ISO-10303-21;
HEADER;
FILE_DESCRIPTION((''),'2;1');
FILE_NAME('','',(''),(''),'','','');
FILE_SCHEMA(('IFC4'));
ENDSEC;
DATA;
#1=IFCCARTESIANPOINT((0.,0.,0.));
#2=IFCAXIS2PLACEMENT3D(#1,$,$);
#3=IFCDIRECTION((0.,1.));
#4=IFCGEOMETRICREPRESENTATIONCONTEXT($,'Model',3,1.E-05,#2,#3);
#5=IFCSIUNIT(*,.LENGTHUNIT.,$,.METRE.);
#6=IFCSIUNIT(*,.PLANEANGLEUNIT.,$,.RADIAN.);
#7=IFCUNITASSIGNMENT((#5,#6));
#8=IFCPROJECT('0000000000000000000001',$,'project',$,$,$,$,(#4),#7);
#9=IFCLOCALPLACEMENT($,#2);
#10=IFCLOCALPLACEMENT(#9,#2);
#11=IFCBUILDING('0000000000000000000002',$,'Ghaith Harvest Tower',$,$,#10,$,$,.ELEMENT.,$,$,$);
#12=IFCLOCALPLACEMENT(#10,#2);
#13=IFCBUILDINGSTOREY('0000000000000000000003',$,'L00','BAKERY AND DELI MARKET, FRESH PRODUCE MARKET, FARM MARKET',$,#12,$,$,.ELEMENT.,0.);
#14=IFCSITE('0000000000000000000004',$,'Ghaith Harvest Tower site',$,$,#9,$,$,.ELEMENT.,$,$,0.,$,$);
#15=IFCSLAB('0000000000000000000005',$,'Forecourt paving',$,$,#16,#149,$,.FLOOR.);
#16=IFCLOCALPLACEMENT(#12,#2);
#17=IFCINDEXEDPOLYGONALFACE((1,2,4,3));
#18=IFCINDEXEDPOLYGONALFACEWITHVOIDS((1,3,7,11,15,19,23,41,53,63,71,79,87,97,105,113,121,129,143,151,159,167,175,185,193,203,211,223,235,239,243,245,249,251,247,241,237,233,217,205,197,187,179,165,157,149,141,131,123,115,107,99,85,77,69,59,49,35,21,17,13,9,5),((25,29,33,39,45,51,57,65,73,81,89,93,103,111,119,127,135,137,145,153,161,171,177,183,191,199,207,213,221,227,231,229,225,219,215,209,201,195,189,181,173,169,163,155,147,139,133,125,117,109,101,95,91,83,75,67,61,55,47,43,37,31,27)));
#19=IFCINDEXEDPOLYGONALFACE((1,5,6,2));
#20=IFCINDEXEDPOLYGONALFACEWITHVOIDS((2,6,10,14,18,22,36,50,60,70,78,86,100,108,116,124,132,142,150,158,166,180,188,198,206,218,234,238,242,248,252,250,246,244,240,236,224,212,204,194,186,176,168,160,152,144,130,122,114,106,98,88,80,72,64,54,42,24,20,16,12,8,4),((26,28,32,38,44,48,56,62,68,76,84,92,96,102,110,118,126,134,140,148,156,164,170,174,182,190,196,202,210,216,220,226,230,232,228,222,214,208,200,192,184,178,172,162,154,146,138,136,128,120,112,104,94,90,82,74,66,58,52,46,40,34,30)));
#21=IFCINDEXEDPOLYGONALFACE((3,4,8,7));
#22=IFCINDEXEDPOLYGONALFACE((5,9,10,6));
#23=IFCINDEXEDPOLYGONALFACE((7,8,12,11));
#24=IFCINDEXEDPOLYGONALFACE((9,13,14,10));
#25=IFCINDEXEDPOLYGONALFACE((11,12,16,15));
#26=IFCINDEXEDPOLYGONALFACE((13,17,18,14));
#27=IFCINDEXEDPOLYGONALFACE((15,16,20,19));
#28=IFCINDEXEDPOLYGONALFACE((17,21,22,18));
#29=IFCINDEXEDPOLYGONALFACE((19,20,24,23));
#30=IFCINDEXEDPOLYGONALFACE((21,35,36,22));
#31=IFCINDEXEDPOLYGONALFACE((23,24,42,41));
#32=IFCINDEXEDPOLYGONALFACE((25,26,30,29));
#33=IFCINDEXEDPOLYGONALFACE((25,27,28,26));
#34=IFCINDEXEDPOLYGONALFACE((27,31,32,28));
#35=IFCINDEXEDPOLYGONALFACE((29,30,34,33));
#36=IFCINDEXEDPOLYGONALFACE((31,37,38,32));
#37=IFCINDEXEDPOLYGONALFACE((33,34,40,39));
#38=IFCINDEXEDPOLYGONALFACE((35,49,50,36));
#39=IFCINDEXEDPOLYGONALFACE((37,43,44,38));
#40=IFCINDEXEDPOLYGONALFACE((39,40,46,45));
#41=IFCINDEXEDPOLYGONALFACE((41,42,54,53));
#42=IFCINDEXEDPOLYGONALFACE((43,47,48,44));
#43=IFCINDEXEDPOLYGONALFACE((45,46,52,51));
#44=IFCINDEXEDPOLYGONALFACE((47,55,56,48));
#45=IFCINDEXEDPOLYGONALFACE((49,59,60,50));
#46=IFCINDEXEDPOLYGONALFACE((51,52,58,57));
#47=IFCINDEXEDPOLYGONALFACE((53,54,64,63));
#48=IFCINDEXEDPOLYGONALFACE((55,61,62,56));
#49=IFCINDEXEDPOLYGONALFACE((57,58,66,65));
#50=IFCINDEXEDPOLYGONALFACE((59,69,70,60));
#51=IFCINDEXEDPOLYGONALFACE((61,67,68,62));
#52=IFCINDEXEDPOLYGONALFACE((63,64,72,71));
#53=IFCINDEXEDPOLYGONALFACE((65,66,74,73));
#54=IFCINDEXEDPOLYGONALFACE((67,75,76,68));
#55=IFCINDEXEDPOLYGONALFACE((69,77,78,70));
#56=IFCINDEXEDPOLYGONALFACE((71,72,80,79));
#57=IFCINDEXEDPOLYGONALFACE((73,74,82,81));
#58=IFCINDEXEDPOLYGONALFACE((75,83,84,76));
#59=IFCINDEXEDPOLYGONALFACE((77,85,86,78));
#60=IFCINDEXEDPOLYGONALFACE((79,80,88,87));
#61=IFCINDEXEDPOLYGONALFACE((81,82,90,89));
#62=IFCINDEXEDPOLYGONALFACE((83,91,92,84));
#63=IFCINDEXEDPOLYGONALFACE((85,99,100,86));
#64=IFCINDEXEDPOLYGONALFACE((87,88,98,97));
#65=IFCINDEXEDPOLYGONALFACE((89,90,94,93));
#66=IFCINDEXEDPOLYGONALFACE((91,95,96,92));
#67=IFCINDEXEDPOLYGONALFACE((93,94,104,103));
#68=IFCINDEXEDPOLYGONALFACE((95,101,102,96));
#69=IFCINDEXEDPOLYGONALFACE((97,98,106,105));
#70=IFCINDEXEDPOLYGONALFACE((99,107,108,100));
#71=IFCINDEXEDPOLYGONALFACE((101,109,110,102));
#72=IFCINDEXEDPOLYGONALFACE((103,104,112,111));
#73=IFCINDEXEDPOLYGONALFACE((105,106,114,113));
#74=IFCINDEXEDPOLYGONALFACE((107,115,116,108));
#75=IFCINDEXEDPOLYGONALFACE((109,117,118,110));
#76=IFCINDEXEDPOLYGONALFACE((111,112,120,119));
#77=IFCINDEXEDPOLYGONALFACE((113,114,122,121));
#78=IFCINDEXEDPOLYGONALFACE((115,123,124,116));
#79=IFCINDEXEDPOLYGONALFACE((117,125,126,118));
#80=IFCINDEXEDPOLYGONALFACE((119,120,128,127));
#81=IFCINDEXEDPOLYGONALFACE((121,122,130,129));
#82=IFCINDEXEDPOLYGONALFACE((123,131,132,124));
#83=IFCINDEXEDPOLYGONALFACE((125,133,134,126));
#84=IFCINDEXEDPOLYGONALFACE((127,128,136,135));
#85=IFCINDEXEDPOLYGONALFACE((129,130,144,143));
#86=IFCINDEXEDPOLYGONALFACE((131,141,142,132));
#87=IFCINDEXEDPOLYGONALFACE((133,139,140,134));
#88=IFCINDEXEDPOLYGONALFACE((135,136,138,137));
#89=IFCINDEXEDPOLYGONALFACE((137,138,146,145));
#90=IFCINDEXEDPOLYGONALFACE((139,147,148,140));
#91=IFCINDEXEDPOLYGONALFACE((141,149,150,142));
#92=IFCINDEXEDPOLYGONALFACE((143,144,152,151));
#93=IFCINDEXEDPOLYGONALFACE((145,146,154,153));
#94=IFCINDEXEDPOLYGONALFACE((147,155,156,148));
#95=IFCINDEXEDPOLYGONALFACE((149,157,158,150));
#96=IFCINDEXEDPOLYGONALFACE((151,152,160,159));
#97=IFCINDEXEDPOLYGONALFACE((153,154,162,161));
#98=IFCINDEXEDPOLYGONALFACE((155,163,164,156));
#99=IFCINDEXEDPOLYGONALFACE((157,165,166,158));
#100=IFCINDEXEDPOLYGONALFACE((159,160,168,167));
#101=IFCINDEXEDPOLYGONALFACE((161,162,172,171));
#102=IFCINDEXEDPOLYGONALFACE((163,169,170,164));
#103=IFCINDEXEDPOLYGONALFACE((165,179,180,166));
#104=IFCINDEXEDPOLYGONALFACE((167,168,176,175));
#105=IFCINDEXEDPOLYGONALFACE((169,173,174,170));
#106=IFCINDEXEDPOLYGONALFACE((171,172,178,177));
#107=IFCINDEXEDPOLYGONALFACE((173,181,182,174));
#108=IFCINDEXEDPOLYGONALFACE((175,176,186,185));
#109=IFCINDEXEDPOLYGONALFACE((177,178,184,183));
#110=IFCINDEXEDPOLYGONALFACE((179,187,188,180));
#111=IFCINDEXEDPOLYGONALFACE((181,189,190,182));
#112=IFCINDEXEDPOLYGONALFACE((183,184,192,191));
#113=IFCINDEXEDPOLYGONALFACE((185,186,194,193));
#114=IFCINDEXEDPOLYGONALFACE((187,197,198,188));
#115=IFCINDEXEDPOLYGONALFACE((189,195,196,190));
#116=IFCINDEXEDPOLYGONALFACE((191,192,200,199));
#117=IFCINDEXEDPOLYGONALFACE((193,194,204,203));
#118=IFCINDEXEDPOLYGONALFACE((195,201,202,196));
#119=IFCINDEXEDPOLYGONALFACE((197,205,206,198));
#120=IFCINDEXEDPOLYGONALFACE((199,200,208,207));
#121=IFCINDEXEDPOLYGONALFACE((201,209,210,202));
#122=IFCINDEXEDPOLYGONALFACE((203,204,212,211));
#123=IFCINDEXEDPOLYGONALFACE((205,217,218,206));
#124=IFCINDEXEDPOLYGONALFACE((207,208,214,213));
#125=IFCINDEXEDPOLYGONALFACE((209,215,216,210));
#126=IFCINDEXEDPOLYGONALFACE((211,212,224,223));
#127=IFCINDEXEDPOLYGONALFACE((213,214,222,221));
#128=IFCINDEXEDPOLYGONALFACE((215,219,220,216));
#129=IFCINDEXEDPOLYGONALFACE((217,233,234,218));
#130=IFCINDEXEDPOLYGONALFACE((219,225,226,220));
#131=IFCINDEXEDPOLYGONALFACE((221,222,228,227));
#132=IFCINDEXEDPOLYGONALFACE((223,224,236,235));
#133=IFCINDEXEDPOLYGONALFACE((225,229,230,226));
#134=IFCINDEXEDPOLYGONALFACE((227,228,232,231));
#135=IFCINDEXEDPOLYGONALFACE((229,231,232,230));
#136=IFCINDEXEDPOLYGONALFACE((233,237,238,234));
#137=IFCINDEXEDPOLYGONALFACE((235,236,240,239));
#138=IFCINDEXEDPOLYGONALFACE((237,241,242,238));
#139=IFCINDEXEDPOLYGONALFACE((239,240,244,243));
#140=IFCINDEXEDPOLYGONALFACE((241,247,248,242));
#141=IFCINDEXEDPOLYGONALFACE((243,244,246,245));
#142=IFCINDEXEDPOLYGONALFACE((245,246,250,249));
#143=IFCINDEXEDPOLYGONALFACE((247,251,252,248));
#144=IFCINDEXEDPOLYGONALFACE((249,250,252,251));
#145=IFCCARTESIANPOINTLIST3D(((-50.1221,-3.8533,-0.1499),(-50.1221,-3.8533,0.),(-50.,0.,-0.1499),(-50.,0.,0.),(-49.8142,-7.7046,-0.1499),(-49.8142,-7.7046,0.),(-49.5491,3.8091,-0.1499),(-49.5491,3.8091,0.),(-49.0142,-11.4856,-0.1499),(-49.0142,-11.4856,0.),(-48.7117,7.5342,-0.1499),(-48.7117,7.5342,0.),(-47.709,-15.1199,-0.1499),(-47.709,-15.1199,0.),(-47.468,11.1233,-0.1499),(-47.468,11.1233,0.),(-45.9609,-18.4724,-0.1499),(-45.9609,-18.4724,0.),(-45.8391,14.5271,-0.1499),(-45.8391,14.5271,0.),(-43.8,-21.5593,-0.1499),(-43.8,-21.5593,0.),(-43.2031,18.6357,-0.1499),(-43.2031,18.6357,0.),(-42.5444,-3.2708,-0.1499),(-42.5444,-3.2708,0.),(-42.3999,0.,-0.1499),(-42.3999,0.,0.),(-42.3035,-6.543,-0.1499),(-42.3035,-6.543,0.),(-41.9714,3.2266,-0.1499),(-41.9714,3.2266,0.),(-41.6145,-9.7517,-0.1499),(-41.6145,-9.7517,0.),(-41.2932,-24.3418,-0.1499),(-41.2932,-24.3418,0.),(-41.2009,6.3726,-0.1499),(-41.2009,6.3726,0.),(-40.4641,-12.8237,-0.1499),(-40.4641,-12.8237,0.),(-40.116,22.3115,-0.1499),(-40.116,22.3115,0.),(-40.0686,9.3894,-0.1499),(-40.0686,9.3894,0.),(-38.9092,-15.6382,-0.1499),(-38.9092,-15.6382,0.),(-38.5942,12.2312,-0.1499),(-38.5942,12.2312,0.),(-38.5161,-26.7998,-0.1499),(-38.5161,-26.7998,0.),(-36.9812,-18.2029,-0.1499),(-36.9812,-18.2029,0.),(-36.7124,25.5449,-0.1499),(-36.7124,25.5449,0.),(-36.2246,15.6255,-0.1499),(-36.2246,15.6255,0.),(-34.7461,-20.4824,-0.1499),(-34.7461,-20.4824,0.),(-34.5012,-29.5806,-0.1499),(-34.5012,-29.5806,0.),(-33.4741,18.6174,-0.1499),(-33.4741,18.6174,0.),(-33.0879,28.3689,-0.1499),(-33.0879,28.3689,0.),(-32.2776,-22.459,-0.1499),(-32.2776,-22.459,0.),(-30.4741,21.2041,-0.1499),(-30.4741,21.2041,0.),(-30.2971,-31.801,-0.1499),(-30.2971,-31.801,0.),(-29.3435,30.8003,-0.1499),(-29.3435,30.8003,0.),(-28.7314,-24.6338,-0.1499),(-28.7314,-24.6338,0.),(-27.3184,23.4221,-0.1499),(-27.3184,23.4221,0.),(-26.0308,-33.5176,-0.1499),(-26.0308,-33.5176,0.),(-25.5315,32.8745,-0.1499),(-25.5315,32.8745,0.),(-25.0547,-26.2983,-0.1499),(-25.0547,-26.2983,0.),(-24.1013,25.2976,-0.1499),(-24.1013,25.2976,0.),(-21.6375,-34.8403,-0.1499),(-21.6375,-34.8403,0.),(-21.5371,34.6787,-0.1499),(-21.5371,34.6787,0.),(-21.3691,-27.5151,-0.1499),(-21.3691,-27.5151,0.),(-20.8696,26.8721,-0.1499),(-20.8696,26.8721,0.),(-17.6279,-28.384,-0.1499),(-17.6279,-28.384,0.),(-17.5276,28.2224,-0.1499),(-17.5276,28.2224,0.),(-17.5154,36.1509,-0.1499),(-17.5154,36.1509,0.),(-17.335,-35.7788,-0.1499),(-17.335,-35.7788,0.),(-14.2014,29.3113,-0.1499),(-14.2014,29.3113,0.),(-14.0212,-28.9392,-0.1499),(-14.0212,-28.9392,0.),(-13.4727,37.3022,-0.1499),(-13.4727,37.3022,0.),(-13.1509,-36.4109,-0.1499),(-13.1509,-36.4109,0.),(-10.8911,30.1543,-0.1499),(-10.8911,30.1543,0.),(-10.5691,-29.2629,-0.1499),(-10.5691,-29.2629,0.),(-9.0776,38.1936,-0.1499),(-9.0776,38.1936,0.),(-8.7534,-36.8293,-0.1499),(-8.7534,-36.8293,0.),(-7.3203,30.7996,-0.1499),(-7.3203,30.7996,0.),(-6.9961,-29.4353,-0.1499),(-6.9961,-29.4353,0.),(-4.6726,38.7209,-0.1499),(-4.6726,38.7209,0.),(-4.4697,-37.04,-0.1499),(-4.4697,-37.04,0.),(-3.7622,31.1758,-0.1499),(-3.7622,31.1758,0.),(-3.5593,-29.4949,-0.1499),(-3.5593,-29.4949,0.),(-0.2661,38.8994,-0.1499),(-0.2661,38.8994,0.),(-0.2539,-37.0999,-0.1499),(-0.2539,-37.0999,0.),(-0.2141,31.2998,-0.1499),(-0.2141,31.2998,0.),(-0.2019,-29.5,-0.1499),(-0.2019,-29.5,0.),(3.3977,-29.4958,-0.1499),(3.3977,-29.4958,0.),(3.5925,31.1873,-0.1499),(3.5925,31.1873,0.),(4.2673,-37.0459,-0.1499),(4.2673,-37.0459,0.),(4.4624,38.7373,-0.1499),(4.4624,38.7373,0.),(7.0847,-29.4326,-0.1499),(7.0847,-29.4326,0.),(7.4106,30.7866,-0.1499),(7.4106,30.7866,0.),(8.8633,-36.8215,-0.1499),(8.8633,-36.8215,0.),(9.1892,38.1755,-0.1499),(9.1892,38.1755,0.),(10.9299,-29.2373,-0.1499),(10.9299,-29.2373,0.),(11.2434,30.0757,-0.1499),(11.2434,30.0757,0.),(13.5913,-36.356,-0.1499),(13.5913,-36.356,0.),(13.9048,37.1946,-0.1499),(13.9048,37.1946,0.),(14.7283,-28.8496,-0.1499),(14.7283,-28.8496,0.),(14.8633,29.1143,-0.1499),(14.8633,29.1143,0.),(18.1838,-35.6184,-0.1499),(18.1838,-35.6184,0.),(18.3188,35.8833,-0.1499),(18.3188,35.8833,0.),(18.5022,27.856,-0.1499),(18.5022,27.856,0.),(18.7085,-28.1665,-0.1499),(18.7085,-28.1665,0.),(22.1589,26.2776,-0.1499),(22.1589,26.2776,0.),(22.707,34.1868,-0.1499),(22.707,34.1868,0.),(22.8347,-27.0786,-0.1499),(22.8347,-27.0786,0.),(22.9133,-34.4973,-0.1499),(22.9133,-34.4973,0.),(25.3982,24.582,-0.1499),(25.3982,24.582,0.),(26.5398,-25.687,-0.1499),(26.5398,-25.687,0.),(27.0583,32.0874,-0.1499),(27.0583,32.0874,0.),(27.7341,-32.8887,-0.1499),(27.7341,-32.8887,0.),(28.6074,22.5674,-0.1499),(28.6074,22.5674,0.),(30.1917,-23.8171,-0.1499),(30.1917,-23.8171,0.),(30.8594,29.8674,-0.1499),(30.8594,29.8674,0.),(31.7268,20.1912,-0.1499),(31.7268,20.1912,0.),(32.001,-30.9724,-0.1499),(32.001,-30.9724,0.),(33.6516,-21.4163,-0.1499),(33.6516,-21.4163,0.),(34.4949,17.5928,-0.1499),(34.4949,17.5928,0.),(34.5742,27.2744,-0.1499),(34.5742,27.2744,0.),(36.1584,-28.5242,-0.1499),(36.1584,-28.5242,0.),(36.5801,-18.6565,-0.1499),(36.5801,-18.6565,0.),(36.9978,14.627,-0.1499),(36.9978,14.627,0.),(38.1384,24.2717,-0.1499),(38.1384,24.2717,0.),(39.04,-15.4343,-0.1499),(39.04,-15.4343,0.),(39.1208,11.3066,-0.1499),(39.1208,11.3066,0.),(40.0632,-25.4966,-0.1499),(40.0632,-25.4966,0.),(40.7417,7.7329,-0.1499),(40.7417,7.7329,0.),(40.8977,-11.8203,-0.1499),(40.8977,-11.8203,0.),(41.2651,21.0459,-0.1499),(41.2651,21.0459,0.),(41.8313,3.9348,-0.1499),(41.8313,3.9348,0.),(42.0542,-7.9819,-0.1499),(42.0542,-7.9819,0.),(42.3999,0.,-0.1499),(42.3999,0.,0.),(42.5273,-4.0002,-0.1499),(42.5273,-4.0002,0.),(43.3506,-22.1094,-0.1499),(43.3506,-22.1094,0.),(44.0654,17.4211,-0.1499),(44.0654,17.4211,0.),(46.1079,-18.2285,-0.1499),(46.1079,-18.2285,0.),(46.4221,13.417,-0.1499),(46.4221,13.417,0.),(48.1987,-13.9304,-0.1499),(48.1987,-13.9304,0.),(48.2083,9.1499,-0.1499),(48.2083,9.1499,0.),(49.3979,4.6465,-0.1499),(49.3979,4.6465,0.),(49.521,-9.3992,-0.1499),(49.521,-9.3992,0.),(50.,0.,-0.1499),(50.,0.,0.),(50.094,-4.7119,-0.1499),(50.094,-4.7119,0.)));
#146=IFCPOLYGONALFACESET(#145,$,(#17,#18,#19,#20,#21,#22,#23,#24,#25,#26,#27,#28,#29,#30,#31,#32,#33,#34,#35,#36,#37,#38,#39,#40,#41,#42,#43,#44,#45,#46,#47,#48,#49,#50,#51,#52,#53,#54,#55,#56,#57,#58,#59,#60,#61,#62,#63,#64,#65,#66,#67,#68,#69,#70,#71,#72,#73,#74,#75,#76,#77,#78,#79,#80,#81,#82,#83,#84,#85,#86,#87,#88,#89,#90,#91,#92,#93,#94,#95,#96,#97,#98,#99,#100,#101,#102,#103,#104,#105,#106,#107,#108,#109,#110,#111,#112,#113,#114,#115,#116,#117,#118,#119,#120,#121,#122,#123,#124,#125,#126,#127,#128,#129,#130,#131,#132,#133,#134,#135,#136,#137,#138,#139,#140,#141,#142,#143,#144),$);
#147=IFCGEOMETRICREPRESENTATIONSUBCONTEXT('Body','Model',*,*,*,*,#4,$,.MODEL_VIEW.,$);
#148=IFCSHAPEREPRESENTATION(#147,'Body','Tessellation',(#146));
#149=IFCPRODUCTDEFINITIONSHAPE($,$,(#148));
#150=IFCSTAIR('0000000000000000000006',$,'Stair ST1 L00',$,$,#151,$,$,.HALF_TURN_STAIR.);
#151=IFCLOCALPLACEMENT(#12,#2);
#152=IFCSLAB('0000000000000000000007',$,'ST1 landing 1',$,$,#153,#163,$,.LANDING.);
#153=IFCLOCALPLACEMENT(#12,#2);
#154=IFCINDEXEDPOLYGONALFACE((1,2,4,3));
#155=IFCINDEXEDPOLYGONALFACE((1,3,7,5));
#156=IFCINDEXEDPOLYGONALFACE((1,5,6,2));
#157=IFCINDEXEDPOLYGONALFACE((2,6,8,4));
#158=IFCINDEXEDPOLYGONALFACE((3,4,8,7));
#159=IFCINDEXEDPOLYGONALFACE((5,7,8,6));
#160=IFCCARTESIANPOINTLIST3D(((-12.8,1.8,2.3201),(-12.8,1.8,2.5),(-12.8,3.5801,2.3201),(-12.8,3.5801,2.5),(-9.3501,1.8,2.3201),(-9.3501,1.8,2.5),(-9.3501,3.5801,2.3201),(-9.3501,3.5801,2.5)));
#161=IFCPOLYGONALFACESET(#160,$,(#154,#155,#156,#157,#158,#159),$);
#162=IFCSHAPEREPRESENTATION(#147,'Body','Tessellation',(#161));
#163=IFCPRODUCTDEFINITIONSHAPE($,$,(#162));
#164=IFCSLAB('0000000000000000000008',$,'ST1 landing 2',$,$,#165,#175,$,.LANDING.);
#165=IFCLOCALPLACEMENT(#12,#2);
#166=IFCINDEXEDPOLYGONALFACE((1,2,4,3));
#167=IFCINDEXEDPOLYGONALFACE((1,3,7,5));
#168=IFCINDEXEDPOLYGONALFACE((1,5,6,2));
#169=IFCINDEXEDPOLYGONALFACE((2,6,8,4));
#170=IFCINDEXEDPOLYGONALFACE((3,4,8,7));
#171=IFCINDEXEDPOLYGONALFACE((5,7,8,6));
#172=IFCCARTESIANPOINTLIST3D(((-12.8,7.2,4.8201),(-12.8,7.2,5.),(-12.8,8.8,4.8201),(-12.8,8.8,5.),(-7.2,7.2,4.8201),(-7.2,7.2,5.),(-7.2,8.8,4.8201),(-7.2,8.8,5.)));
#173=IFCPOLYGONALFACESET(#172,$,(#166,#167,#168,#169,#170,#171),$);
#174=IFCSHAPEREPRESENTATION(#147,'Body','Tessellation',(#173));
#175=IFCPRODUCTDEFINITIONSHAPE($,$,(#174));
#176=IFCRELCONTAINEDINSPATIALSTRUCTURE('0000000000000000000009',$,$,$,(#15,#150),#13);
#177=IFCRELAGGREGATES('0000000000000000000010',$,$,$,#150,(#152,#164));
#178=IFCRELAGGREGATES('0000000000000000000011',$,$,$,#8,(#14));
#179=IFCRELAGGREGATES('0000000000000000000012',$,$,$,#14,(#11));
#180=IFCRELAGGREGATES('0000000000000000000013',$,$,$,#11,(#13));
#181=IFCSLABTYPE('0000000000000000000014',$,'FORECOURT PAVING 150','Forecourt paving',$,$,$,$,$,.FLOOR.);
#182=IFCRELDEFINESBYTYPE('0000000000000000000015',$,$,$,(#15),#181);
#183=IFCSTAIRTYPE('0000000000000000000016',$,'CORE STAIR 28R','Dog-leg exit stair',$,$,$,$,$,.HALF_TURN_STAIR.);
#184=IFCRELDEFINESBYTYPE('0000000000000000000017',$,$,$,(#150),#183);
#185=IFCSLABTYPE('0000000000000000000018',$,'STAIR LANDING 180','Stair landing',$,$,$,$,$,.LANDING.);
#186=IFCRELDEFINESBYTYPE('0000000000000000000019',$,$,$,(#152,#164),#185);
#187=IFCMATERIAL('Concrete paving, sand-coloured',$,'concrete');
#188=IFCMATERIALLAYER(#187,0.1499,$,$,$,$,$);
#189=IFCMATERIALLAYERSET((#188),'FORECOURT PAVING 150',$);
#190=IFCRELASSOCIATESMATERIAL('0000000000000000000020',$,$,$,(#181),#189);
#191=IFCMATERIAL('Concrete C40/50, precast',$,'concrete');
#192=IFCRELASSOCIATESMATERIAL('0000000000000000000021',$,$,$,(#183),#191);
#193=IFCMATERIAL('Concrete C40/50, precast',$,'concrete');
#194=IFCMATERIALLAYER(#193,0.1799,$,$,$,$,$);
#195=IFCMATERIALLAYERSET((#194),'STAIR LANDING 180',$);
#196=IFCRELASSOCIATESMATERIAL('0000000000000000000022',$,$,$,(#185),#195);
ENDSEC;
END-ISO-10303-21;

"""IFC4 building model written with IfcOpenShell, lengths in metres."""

from ifc_helpers import new_model, si_unit, direction, frame, origin, place, context, subcontext, project, spatial, polyline, outline, extrude, material, layer, layer_set, type_object, element, aggregate, save


model = new_model("IFC4")

# Units and contexts
model_context = context("Model", 3, precision=1e-05, world=origin(), true_north=direction((0.0, 1.0)))
body_context = subcontext(model_context, "Body", "Model", "MODEL_VIEW")
ifc_project = project(units=[si_unit("LENGTHUNIT", "METRE"), si_unit("PLANEANGLEUNIT", "RADIAN")], contexts=[model_context])

# Site, building, storey
site_placement = place(None, origin())
site = spatial("IfcSite", under=ifc_project, at=site_placement, Name="Ghaith Harvest Tower site", CompositionType="ELEMENT", RefElevation=0.0)
building_placement = place(site_placement, origin())
building = spatial("IfcBuilding", under=site, at=building_placement, Name="Ghaith Harvest Tower", CompositionType="ELEMENT")
storey_placement = place(building_placement, origin())
storey = spatial("IfcBuildingStorey", under=building, at=storey_placement, Name="L00", Description="BAKERY AND DELI MARKET, FRESH PRODUCE MARKET, FARM MARKET", CompositionType="ELEMENT", Elevation=0.0)

# Slab
ifc_material_1 = material(Name="Concrete paving, sand-coloured", Category="concrete")
ifc_layer_1 = layer(ifc_material_1, 0.1499)
ifc_layer_set_1 = layer_set([ifc_layer_1], Name="FORECOURT PAVING 150")
slab_type_1 = type_object("IfcSlabType", Name="FORECOURT PAVING 150", Description="Forecourt paving", PredefinedType="FLOOR", material=ifc_layer_set_1)
slab_1_placement = place(storey_placement, frame((0.0, 0.0, -0.1499)))
element("IfcSlab", 1, at=slab_1_placement, inside=storey, type_object=slab_type_1, Name="Forecourt paving", PredefinedType="FLOOR", context=body_context, shape_type="SweptSolid", body=[
    extrude(outline(polyline([(50.0, 0.0), (49.3979, 4.6465), (48.2083, 9.1499), (46.4221, 13.417), (44.0654, 17.4211), (41.2651, 21.0459), (38.1384, 24.2717), (34.5742, 27.2744), (30.8594, 29.8674), (27.0583, 32.0874), (22.707, 34.1868), (18.3188, 35.8833), (13.9048, 37.1946), (9.1892, 38.1755), (4.4624, 38.7373), (-0.2661, 38.8994), (-4.6726, 38.7209), (-9.0776, 38.1936), (-13.4727, 37.3022), (-17.5154, 36.1509), (-21.5371, 34.6787), (-25.5315, 32.8745), (-29.3435, 30.8003), (-33.0879, 28.3689), (-36.7124, 25.5449), (-40.116, 22.3115), (-43.2031, 18.6357), (-45.8391, 14.5271), (-47.468, 11.1233), (-48.7117, 7.5342), (-49.5491, 3.8091), (-50.0, 0.0), (-50.1221, -3.8533), (-49.8142, -7.7046), (-49.0142, -11.4856), (-47.709, -15.1199), (-45.9609, -18.4724), (-43.8, -21.5593), (-41.2932, -24.3418), (-38.5161, -26.7998), (-34.5012, -29.5806), (-30.2971, -31.801), (-26.0308, -33.5176), (-21.6375, -34.8403), (-17.335, -35.7788), (-13.1509, -36.4109), (-8.7534, -36.8293), (-4.4697, -37.04), (-0.2539, -37.0999), (4.2673, -37.0459), (8.8633, -36.8215), (13.5913, -36.356), (18.1838, -35.6184), (22.9133, -34.4973), (27.7341, -32.8887), (32.001, -30.9724), (36.1584, -28.5242), (40.0632, -25.4966), (43.3506, -22.1094), (46.1079, -18.2285), (48.1987, -13.9304), (49.521, -9.3992), (50.094, -4.7119), (50.0, 0.0)]), holes=[polyline([(42.3999, 0.0), (41.8313, 3.9348), (40.7417, 7.7329), (39.1208, 11.3066), (36.9978, 14.627), (34.4949, 17.5928), (31.7268, 20.1912), (28.6074, 22.5674), (25.3982, 24.582), (22.1589, 26.2776), (18.5022, 27.856), (14.8633, 29.1143), (11.2434, 30.0757), (7.4106, 30.7866), (3.5925, 31.1873), (-0.2141, 31.2998), (-3.7622, 31.1758), (-7.3203, 30.7996), (-10.8911, 30.1543), (-14.2014, 29.3113), (-17.5276, 28.2224), (-20.8696, 26.8721), (-24.1013, 25.2976), (-27.3184, 23.4221), (-30.4741, 21.2041), (-33.4741, 18.6174), (-36.2246, 15.6255), (-38.5942, 12.2312), (-40.0686, 9.3894), (-41.2009, 6.3726), (-41.9714, 3.2266), (-42.3999, 0.0), (-42.5444, -3.2708), (-42.3035, -6.543), (-41.6145, -9.7517), (-40.4641, -12.8237), (-38.9092, -15.6382), (-36.9812, -18.2029), (-34.7461, -20.4824), (-32.2776, -22.459), (-28.7314, -24.6338), (-25.0547, -26.2983), (-21.3691, -27.5151), (-17.6279, -28.384), (-14.0212, -28.9392), (-10.5691, -29.2629), (-6.9961, -29.4353), (-3.5593, -29.4949), (-0.2019, -29.5), (3.3977, -29.4958), (7.0847, -29.4326), (10.9299, -29.2373), (14.7283, -28.8496), (18.7085, -28.1665), (22.8347, -27.0786), (26.5398, -25.687), (30.1917, -23.8171), (33.6516, -21.4163), (36.5801, -18.6565), (39.04, -15.4343), (40.8977, -11.8203), (42.0542, -7.9819), (42.5273, -4.0002), (42.3999, 0.0)])]), origin(), (0.0, 0.0, 1.0), 0.1499),
])

# Stair, slabs
ifc_material_2 = material(Name="Concrete C40/50, precast", Category="concrete")
stair_type_1 = type_object("IfcStairType", Name="CORE STAIR 28R", Description="Dog-leg exit stair", PredefinedType="HALF_TURN_STAIR", material=ifc_material_2)
stair_1_placement = place(storey_placement, origin())
stair_1 = element("IfcStair", 2, at=stair_1_placement, inside=storey, type_object=stair_type_1, Name="Stair ST1 L00", PredefinedType="HALF_TURN_STAIR")
ifc_material_3 = material(Name="Concrete C40/50, precast", Category="concrete")
ifc_layer_2 = layer(ifc_material_3, 0.1799)
ifc_layer_set_2 = layer_set([ifc_layer_2], Name="STAIR LANDING 180")
slab_type_2 = type_object("IfcSlabType", Name="STAIR LANDING 180", Description="Stair landing", PredefinedType="LANDING", material=ifc_layer_set_2)
slab_2_placement = place(storey_placement, frame((0.0, 0.0, 2.3201)))
slab_2 = element("IfcSlab", 3, at=slab_2_placement, type_object=slab_type_2, Name="ST1 landing 1", PredefinedType="LANDING", context=body_context, shape_type="SweptSolid", body=[
    extrude(outline(polyline([(-12.8, 3.5801), (-12.8, 1.8), (-9.3501, 1.8), (-9.3501, 3.5801), (-12.8, 3.5801)])), origin(), (0.0, 0.0, 1.0), 0.1799),
])
slab_3_placement = place(storey_placement, frame((0.0, 0.0, 4.8201)))
slab_3 = element("IfcSlab", 4, at=slab_3_placement, type_object=slab_type_2, Name="ST1 landing 2", PredefinedType="LANDING", context=body_context, shape_type="SweptSolid", body=[
    extrude(outline(polyline([(-12.8, 8.8), (-12.8, 7.2), (-7.2, 7.2), (-7.2, 8.8), (-12.8, 8.8)])), origin(), (0.0, 0.0, 1.0), 0.1799),
])
aggregate(stair_1, [slab_2, slab_3])

save(model, "model.ifc")
